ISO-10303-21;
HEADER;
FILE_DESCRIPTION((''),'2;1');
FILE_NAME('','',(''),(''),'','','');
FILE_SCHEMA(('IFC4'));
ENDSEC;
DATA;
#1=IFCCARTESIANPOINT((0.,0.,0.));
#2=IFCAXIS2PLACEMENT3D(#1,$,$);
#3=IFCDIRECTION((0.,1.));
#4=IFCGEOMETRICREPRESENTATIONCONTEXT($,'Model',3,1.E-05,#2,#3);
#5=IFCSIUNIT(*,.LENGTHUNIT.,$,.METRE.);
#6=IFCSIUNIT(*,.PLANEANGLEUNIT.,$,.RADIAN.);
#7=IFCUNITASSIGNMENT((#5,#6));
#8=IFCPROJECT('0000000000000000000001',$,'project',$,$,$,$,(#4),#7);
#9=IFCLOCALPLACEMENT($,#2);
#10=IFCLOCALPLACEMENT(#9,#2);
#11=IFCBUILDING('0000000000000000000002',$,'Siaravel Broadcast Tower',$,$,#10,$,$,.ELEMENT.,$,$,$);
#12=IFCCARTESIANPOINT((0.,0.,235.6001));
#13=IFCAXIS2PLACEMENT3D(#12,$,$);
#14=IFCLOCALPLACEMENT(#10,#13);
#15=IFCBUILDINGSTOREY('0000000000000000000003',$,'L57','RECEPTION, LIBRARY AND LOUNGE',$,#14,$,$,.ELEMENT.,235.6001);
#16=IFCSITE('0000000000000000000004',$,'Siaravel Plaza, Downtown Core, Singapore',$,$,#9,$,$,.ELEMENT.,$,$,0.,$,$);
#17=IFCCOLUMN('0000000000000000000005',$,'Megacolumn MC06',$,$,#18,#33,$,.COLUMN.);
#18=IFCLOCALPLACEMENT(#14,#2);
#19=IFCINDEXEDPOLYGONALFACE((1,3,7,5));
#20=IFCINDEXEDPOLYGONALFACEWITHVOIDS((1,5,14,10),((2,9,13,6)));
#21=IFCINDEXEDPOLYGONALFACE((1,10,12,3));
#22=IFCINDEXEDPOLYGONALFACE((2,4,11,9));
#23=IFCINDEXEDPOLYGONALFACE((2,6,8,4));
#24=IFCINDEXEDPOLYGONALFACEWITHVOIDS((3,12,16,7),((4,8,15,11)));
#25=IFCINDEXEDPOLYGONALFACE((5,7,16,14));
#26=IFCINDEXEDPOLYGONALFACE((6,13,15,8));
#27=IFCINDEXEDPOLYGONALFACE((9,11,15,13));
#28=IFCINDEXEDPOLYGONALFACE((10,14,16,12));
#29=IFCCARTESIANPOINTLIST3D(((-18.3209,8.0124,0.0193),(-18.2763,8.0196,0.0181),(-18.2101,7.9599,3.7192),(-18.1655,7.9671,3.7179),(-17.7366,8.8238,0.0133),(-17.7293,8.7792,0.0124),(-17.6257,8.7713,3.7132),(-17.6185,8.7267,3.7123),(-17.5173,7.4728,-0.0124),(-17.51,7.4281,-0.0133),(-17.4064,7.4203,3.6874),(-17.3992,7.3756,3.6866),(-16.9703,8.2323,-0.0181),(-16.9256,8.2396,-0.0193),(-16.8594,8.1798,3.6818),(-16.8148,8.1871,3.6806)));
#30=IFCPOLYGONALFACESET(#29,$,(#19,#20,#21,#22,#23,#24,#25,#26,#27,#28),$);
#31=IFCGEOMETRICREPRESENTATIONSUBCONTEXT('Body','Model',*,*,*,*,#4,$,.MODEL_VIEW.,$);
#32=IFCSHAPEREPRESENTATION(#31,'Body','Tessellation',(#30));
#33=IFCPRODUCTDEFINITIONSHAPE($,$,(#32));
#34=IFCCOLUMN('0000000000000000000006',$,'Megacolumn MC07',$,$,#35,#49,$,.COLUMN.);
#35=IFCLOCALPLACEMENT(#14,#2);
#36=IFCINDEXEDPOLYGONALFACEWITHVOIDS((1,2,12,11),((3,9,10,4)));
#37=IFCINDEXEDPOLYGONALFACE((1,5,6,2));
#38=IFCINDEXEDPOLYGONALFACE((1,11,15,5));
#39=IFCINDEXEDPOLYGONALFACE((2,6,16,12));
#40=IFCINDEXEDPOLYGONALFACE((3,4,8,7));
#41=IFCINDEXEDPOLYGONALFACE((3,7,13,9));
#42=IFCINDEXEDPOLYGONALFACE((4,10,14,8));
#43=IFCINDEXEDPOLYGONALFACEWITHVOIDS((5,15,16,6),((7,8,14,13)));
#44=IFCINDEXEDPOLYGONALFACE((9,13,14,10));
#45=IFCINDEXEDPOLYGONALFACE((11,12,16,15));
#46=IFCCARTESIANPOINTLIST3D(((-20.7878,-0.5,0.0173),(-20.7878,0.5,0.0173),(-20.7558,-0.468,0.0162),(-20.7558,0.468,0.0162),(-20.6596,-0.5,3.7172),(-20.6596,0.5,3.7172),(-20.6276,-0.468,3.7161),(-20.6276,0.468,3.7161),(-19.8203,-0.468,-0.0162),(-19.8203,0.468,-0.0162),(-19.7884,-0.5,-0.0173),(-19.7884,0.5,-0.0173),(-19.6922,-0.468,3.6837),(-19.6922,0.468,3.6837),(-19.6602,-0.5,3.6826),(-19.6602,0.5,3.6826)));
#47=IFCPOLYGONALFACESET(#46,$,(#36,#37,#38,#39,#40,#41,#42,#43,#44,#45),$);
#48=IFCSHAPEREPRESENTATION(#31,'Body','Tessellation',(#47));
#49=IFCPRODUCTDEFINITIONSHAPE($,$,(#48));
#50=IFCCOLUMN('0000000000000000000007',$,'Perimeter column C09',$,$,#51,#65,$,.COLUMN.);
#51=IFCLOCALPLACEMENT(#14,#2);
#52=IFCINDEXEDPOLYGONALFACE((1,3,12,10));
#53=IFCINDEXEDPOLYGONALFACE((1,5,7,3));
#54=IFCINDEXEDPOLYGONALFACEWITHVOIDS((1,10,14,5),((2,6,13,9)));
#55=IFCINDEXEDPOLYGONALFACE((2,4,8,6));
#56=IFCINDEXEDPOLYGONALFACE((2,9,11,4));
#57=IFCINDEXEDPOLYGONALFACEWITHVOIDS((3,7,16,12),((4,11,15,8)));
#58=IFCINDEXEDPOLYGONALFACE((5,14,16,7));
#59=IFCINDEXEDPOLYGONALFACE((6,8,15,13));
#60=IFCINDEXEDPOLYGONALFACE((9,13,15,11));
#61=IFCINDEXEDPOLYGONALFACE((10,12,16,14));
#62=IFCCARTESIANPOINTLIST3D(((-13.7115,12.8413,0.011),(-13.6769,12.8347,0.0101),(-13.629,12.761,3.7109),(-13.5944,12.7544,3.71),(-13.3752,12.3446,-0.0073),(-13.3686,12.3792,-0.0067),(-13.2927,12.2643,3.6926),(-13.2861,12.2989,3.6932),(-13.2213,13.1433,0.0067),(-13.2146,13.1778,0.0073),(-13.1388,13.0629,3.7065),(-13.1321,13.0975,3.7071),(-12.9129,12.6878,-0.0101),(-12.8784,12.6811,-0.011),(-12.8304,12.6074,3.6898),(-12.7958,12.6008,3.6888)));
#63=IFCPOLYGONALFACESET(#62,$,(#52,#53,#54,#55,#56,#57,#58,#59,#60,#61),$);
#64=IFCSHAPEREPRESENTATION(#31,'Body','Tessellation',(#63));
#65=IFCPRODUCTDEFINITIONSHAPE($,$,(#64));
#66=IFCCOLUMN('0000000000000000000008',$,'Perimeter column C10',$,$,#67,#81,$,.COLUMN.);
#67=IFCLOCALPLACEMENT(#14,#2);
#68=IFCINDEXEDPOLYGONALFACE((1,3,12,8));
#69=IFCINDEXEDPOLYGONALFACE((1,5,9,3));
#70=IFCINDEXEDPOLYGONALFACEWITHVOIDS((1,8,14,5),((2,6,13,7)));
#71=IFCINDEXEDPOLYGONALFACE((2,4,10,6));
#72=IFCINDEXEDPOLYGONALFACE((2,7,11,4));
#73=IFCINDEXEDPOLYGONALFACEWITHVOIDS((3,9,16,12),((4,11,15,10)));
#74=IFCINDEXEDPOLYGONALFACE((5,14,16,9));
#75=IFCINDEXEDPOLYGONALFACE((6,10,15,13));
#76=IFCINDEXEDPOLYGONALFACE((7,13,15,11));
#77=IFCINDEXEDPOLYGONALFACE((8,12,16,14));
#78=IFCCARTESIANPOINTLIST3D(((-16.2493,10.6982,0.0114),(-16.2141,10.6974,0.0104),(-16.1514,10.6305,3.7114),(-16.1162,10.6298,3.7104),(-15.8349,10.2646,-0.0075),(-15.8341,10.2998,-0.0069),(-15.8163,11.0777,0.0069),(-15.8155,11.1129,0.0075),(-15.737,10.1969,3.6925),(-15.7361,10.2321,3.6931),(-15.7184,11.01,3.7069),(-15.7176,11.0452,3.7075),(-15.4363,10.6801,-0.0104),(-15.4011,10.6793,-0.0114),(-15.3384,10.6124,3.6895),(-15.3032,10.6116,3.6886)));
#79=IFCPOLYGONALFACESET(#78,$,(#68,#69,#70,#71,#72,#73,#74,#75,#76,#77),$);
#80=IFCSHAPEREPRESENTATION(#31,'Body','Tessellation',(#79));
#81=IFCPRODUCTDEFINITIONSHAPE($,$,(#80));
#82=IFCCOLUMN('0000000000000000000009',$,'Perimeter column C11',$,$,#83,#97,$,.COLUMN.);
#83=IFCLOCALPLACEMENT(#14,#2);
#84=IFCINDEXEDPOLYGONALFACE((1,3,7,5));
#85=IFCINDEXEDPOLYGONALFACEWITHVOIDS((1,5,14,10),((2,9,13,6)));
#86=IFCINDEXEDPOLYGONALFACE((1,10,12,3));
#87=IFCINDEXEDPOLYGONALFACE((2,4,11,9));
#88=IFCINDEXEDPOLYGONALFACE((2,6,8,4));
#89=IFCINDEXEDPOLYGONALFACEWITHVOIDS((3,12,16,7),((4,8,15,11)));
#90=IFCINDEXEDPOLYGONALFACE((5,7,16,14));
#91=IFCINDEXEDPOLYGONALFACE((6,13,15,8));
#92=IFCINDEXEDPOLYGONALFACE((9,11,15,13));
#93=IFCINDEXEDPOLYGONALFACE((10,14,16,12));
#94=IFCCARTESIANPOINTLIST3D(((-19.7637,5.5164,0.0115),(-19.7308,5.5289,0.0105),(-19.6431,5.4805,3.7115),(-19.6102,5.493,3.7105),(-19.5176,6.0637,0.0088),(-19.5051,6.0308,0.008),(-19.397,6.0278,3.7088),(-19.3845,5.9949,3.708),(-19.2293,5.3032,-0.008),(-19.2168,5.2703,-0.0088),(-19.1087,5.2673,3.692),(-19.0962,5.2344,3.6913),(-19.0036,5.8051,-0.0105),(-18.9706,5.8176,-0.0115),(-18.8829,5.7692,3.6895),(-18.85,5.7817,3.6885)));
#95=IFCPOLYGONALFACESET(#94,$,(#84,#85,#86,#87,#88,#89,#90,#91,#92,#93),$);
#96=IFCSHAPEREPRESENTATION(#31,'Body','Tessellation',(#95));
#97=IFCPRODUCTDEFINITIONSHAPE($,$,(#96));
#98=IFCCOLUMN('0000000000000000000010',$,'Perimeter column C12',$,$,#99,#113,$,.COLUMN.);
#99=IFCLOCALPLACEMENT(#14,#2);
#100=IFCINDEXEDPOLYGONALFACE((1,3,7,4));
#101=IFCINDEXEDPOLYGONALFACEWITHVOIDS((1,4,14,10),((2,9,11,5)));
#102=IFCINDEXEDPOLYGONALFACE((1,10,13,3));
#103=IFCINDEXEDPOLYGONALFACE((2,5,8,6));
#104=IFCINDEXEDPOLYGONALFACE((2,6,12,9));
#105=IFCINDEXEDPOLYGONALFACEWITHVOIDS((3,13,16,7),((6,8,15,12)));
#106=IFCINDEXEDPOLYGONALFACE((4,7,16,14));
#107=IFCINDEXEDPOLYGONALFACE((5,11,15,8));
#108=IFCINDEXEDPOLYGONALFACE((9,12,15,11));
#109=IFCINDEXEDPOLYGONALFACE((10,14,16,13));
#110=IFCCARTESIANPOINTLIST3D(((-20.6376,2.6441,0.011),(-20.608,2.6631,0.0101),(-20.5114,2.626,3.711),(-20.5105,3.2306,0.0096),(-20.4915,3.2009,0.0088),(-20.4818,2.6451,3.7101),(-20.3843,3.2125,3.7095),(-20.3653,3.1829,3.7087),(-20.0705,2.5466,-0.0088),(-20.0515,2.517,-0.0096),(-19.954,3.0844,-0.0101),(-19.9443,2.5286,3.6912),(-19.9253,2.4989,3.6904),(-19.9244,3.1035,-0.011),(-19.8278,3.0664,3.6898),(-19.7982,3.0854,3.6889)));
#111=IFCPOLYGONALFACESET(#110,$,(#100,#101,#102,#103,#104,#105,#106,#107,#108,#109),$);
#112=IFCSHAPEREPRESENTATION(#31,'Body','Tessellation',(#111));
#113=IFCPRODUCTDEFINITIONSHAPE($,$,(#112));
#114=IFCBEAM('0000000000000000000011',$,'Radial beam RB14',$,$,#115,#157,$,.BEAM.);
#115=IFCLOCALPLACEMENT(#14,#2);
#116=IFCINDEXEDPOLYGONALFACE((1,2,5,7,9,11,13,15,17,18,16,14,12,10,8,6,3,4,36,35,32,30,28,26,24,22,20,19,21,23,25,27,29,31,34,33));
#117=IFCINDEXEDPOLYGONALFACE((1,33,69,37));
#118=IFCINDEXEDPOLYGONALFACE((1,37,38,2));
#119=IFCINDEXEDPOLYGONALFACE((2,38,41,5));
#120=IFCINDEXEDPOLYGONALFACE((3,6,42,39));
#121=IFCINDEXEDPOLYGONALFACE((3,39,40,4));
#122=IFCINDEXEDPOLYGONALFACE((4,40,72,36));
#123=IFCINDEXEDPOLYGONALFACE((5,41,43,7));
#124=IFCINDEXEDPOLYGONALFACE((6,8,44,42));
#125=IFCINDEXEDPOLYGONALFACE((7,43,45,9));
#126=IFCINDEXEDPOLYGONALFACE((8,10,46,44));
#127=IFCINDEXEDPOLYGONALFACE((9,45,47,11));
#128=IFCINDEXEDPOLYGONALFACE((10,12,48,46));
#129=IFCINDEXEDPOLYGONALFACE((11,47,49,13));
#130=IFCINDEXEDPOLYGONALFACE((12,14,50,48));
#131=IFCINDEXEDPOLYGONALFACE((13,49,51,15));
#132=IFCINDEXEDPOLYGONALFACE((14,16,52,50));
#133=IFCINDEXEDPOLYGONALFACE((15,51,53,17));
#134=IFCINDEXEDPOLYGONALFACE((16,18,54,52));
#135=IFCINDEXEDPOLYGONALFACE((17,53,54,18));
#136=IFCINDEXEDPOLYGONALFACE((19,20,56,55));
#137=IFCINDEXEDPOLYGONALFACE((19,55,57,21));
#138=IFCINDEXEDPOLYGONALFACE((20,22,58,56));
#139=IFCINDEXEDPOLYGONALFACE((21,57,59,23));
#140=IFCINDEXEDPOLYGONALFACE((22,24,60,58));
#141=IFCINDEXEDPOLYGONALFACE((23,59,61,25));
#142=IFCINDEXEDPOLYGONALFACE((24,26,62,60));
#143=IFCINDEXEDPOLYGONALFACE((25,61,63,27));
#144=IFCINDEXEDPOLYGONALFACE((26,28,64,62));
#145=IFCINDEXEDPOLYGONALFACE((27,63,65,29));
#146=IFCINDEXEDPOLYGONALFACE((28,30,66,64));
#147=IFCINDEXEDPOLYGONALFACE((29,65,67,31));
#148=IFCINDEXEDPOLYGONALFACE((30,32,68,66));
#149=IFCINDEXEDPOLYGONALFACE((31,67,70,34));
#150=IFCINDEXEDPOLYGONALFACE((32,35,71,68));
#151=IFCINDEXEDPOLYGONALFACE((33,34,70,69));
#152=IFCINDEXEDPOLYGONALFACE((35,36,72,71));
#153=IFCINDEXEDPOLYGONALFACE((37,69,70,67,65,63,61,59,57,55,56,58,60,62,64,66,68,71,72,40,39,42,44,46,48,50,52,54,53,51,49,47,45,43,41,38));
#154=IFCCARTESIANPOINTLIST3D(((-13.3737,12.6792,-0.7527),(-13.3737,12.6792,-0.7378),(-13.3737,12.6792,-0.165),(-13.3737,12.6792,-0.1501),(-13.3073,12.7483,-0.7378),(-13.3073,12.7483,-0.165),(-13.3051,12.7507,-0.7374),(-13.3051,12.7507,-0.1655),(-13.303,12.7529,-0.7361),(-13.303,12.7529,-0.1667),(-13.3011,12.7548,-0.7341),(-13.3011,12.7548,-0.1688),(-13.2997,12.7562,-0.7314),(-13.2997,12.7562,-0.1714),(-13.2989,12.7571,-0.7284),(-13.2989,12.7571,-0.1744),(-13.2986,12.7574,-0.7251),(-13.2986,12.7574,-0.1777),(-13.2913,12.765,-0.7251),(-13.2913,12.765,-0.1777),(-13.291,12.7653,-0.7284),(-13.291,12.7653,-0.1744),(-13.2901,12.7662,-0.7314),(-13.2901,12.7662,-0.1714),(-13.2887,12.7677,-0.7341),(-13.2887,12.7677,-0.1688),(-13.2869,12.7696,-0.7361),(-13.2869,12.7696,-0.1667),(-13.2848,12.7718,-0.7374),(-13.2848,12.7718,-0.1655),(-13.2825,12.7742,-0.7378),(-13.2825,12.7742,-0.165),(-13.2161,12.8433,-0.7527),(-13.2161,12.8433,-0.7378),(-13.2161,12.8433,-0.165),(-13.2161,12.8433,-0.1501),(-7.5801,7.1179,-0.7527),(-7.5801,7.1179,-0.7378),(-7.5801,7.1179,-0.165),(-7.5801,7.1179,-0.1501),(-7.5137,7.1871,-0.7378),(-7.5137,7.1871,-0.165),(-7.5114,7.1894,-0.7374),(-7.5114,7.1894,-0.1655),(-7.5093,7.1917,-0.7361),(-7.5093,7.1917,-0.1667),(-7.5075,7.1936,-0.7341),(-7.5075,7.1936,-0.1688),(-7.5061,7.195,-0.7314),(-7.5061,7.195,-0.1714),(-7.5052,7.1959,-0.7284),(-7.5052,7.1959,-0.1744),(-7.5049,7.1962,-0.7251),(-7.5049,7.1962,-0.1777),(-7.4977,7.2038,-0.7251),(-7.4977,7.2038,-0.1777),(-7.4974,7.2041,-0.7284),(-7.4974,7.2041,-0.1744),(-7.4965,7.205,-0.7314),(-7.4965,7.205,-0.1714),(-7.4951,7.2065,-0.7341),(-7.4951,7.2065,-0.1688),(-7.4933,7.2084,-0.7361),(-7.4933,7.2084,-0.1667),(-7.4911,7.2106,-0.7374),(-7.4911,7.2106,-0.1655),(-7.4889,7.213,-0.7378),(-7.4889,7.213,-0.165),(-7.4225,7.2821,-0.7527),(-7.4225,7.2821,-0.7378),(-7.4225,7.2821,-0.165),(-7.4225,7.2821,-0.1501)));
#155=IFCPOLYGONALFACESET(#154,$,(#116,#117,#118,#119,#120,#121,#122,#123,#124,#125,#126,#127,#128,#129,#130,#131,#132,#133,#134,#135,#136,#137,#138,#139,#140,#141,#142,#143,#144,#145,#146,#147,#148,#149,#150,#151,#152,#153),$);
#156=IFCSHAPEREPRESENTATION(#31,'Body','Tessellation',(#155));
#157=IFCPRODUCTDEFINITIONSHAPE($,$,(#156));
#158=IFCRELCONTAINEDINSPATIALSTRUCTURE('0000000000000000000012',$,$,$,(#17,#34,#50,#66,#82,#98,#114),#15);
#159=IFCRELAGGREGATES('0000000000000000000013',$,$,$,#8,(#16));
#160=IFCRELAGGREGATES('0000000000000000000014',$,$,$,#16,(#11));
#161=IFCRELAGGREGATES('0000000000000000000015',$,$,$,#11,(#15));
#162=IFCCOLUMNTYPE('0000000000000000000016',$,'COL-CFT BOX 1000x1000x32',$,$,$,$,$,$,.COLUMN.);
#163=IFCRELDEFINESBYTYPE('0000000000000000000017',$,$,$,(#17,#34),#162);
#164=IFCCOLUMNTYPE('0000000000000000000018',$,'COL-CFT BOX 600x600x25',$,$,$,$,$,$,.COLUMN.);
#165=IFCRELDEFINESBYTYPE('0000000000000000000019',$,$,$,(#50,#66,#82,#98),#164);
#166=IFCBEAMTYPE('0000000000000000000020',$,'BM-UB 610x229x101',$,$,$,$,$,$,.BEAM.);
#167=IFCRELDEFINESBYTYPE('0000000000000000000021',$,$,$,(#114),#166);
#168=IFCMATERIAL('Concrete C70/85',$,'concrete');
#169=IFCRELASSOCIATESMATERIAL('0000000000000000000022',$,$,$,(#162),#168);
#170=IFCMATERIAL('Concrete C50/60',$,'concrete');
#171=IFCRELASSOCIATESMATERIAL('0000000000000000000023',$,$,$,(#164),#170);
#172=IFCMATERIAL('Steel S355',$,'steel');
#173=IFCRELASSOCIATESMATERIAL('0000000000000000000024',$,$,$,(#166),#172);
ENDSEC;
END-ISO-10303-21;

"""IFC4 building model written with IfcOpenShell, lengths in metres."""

from ifc_helpers import new_model, si_unit, direction, frame, origin, origin_2d, place, context, subcontext, project, spatial, hollow_rectangle, i_section, extrude, material, material_profile, profile_set, type_object, element, save


model = new_model("IFC4")

# Units and contexts
model_context = context("Model", 3, precision=1e-05, world=origin(), true_north=direction((0.0, 1.0)))
body_context = subcontext(model_context, "Body", "Model", "MODEL_VIEW")
ifc_project = project(units=[si_unit("LENGTHUNIT", "METRE"), si_unit("PLANEANGLEUNIT", "RADIAN")], contexts=[model_context])

# Site, building, storey
site_placement = place(None, origin())
site = spatial("IfcSite", under=ifc_project, at=site_placement, Name="Siaravel Plaza, Downtown Core, Singapore", CompositionType="ELEMENT", RefElevation=0.0)
building_placement = place(site_placement, origin())
building = spatial("IfcBuilding", under=site, at=building_placement, Name="Siaravel Broadcast Tower", CompositionType="ELEMENT")
storey_placement = place(building_placement, frame((0.0, 0.0, 235.6001)))
storey = spatial("IfcBuildingStorey", under=building, at=storey_placement, Name="L57", Description="RECEPTION, LIBRARY AND LOUNGE", CompositionType="ELEMENT", Elevation=235.6001)

# Columns
ifc_material_1 = material(Name="Concrete C70/85", Category="concrete")
ifc_material_profile_1 = material_profile(ifc_material_1, hollow_rectangle(XDim=1.0, YDim=1.0, WallThickness=0.032, at=origin_2d()))
ifc_profile_set_1 = profile_set([ifc_material_profile_1], Name="Concrete C70/85")
column_type_1 = type_object("IfcColumnType", Name="COL-CFT BOX 1000x1000x32", PredefinedType="COLUMN", material=ifc_profile_set_1)
column_1_placement = place(storey_placement, frame((-17.6233, 8.126, 0.0), z_axis=(0.029941, -0.014179, 0.999451), x_axis=(0.584369, 0.811466, -0.005994)))
element("IfcColumn", 1, at=column_1_placement, inside=storey, type_object=column_type_1, Name="Megacolumn MC06", PredefinedType="COLUMN", context=body_context, shape_type="SweptSolid", body=[
    extrude(hollow_rectangle(XDim=1.0, YDim=1.0, WallThickness=0.032, at=origin_2d()), origin(), (0.0, 0.0, 1.0), 3.7019),
])
column_2_placement = place(storey_placement, frame((-20.2881, 0.0, 0.0), z_axis=(0.034621, 0.0, 0.999401), x_axis=(0.0, 1.0, 0.0)))
element("IfcColumn", 2, at=column_2_placement, inside=storey, type_object=column_type_1, Name="Megacolumn MC07", PredefinedType="COLUMN", context=body_context, shape_type="SweptSolid", body=[
    extrude(hollow_rectangle(XDim=1.0, YDim=1.0, WallThickness=0.032, at=origin_2d()), origin(), (0.0, 0.0, 1.0), 3.7021),
])
ifc_material_2 = material(Name="Concrete C50/60", Category="concrete")
ifc_material_profile_2 = material_profile(ifc_material_2, hollow_rectangle(XDim=0.6001, YDim=0.6001, WallThickness=0.0249, at=origin_2d()))
ifc_profile_set_2 = profile_set([ifc_material_profile_2], Name="Concrete C50/60")
column_type_2 = type_object("IfcColumnType", Name="COL-CFT BOX 600x600x25", PredefinedType="COLUMN", material=ifc_profile_set_2)
column_3_placement = place(storey_placement, frame((-13.2949, 12.7612, 0.0), z_axis=(0.022292, -0.021698, 0.999516), x_axis=(0.82798, 0.560723, -0.006294)))
element("IfcColumn", 3, at=column_3_placement, inside=storey, type_object=column_type_2, Name="Perimeter column C09", PredefinedType="COLUMN", context=body_context, shape_type="SweptSolid", body=[
    extrude(hollow_rectangle(XDim=0.6001, YDim=0.6001, WallThickness=0.0249, at=origin_2d()), origin(), (0.0, 0.0, 1.0), 3.7017),
])
column_4_placement = place(storey_placement, frame((-15.8252, 10.6887, 0.0), z_axis=(0.026446, -0.018268, 0.999483), x_axis=(0.722769, 0.691059, -0.006493)))
element("IfcColumn", 4, at=column_4_placement, inside=storey, type_object=column_type_2, Name="Perimeter column C10", PredefinedType="COLUMN", context=body_context, shape_type="SweptSolid", body=[
    extrude(hollow_rectangle(XDim=0.6001, YDim=0.6001, WallThickness=0.0249, at=origin_2d()), origin(), (0.0, 0.0, 1.0), 3.7019),
])
for number, where, z_axis, x_axis, name in (
    (5, (-19.3672, 5.667, 0.0), (0.032578, -0.009694, 0.999422), (0.410159, 0.912003, -0.004524), "Perimeter column C11"),
    (6, (-20.281, 2.8738, 0.0), (0.034094, -0.00488, 0.999407), (0.211771, 0.977316, -0.002452), "Perimeter column C12"),
):
    element("IfcColumn", number, at=place(storey_placement, frame(where, z_axis=z_axis, x_axis=x_axis)), inside=storey, type_object=column_type_2, Name=name, PredefinedType="COLUMN", context=body_context, shape_type="SweptSolid", body=[
        extrude(hollow_rectangle(XDim=0.6001, YDim=0.6001, WallThickness=0.0249, at=origin_2d()), origin(), (0.0, 0.0, 1.0), 3.7021),
    ])

# Beam
ifc_material_3 = material(Name="Steel S355", Category="steel")
ifc_material_profile_3 = material_profile(ifc_material_3, i_section(OverallWidth=0.2275, OverallDepth=0.6025, WebThickness=0.0105, FlangeThickness=0.0149, FilletRadius=0.0127, at=origin_2d()))
ifc_profile_set_3 = profile_set([ifc_material_profile_3], Name="Steel S355")
beam_type = type_object("IfcBeamType", Name="BM-UB 610x229x101", PredefinedType="BEAM", material=ifc_profile_set_3)
beam_1_placement = place(storey_placement, frame((-13.2949, 12.7612, -0.4514), z_axis=(0.721429, -0.692488, 0.0), x_axis=(0.692488, 0.721429, 0.0)))
element("IfcBeam", 7, at=beam_1_placement, inside=storey, type_object=beam_type, Name="Radial beam RB14", PredefinedType="BEAM", context=body_context, shape_type="SweptSolid", body=[
    extrude(i_section(OverallWidth=0.2275, OverallDepth=0.6025, WebThickness=0.0105, FlangeThickness=0.0149, FilletRadius=0.0127, at=origin_2d()), origin(), (0.0, 0.0, 1.0), 8.0308),
])

save(model, "model.ifc")
